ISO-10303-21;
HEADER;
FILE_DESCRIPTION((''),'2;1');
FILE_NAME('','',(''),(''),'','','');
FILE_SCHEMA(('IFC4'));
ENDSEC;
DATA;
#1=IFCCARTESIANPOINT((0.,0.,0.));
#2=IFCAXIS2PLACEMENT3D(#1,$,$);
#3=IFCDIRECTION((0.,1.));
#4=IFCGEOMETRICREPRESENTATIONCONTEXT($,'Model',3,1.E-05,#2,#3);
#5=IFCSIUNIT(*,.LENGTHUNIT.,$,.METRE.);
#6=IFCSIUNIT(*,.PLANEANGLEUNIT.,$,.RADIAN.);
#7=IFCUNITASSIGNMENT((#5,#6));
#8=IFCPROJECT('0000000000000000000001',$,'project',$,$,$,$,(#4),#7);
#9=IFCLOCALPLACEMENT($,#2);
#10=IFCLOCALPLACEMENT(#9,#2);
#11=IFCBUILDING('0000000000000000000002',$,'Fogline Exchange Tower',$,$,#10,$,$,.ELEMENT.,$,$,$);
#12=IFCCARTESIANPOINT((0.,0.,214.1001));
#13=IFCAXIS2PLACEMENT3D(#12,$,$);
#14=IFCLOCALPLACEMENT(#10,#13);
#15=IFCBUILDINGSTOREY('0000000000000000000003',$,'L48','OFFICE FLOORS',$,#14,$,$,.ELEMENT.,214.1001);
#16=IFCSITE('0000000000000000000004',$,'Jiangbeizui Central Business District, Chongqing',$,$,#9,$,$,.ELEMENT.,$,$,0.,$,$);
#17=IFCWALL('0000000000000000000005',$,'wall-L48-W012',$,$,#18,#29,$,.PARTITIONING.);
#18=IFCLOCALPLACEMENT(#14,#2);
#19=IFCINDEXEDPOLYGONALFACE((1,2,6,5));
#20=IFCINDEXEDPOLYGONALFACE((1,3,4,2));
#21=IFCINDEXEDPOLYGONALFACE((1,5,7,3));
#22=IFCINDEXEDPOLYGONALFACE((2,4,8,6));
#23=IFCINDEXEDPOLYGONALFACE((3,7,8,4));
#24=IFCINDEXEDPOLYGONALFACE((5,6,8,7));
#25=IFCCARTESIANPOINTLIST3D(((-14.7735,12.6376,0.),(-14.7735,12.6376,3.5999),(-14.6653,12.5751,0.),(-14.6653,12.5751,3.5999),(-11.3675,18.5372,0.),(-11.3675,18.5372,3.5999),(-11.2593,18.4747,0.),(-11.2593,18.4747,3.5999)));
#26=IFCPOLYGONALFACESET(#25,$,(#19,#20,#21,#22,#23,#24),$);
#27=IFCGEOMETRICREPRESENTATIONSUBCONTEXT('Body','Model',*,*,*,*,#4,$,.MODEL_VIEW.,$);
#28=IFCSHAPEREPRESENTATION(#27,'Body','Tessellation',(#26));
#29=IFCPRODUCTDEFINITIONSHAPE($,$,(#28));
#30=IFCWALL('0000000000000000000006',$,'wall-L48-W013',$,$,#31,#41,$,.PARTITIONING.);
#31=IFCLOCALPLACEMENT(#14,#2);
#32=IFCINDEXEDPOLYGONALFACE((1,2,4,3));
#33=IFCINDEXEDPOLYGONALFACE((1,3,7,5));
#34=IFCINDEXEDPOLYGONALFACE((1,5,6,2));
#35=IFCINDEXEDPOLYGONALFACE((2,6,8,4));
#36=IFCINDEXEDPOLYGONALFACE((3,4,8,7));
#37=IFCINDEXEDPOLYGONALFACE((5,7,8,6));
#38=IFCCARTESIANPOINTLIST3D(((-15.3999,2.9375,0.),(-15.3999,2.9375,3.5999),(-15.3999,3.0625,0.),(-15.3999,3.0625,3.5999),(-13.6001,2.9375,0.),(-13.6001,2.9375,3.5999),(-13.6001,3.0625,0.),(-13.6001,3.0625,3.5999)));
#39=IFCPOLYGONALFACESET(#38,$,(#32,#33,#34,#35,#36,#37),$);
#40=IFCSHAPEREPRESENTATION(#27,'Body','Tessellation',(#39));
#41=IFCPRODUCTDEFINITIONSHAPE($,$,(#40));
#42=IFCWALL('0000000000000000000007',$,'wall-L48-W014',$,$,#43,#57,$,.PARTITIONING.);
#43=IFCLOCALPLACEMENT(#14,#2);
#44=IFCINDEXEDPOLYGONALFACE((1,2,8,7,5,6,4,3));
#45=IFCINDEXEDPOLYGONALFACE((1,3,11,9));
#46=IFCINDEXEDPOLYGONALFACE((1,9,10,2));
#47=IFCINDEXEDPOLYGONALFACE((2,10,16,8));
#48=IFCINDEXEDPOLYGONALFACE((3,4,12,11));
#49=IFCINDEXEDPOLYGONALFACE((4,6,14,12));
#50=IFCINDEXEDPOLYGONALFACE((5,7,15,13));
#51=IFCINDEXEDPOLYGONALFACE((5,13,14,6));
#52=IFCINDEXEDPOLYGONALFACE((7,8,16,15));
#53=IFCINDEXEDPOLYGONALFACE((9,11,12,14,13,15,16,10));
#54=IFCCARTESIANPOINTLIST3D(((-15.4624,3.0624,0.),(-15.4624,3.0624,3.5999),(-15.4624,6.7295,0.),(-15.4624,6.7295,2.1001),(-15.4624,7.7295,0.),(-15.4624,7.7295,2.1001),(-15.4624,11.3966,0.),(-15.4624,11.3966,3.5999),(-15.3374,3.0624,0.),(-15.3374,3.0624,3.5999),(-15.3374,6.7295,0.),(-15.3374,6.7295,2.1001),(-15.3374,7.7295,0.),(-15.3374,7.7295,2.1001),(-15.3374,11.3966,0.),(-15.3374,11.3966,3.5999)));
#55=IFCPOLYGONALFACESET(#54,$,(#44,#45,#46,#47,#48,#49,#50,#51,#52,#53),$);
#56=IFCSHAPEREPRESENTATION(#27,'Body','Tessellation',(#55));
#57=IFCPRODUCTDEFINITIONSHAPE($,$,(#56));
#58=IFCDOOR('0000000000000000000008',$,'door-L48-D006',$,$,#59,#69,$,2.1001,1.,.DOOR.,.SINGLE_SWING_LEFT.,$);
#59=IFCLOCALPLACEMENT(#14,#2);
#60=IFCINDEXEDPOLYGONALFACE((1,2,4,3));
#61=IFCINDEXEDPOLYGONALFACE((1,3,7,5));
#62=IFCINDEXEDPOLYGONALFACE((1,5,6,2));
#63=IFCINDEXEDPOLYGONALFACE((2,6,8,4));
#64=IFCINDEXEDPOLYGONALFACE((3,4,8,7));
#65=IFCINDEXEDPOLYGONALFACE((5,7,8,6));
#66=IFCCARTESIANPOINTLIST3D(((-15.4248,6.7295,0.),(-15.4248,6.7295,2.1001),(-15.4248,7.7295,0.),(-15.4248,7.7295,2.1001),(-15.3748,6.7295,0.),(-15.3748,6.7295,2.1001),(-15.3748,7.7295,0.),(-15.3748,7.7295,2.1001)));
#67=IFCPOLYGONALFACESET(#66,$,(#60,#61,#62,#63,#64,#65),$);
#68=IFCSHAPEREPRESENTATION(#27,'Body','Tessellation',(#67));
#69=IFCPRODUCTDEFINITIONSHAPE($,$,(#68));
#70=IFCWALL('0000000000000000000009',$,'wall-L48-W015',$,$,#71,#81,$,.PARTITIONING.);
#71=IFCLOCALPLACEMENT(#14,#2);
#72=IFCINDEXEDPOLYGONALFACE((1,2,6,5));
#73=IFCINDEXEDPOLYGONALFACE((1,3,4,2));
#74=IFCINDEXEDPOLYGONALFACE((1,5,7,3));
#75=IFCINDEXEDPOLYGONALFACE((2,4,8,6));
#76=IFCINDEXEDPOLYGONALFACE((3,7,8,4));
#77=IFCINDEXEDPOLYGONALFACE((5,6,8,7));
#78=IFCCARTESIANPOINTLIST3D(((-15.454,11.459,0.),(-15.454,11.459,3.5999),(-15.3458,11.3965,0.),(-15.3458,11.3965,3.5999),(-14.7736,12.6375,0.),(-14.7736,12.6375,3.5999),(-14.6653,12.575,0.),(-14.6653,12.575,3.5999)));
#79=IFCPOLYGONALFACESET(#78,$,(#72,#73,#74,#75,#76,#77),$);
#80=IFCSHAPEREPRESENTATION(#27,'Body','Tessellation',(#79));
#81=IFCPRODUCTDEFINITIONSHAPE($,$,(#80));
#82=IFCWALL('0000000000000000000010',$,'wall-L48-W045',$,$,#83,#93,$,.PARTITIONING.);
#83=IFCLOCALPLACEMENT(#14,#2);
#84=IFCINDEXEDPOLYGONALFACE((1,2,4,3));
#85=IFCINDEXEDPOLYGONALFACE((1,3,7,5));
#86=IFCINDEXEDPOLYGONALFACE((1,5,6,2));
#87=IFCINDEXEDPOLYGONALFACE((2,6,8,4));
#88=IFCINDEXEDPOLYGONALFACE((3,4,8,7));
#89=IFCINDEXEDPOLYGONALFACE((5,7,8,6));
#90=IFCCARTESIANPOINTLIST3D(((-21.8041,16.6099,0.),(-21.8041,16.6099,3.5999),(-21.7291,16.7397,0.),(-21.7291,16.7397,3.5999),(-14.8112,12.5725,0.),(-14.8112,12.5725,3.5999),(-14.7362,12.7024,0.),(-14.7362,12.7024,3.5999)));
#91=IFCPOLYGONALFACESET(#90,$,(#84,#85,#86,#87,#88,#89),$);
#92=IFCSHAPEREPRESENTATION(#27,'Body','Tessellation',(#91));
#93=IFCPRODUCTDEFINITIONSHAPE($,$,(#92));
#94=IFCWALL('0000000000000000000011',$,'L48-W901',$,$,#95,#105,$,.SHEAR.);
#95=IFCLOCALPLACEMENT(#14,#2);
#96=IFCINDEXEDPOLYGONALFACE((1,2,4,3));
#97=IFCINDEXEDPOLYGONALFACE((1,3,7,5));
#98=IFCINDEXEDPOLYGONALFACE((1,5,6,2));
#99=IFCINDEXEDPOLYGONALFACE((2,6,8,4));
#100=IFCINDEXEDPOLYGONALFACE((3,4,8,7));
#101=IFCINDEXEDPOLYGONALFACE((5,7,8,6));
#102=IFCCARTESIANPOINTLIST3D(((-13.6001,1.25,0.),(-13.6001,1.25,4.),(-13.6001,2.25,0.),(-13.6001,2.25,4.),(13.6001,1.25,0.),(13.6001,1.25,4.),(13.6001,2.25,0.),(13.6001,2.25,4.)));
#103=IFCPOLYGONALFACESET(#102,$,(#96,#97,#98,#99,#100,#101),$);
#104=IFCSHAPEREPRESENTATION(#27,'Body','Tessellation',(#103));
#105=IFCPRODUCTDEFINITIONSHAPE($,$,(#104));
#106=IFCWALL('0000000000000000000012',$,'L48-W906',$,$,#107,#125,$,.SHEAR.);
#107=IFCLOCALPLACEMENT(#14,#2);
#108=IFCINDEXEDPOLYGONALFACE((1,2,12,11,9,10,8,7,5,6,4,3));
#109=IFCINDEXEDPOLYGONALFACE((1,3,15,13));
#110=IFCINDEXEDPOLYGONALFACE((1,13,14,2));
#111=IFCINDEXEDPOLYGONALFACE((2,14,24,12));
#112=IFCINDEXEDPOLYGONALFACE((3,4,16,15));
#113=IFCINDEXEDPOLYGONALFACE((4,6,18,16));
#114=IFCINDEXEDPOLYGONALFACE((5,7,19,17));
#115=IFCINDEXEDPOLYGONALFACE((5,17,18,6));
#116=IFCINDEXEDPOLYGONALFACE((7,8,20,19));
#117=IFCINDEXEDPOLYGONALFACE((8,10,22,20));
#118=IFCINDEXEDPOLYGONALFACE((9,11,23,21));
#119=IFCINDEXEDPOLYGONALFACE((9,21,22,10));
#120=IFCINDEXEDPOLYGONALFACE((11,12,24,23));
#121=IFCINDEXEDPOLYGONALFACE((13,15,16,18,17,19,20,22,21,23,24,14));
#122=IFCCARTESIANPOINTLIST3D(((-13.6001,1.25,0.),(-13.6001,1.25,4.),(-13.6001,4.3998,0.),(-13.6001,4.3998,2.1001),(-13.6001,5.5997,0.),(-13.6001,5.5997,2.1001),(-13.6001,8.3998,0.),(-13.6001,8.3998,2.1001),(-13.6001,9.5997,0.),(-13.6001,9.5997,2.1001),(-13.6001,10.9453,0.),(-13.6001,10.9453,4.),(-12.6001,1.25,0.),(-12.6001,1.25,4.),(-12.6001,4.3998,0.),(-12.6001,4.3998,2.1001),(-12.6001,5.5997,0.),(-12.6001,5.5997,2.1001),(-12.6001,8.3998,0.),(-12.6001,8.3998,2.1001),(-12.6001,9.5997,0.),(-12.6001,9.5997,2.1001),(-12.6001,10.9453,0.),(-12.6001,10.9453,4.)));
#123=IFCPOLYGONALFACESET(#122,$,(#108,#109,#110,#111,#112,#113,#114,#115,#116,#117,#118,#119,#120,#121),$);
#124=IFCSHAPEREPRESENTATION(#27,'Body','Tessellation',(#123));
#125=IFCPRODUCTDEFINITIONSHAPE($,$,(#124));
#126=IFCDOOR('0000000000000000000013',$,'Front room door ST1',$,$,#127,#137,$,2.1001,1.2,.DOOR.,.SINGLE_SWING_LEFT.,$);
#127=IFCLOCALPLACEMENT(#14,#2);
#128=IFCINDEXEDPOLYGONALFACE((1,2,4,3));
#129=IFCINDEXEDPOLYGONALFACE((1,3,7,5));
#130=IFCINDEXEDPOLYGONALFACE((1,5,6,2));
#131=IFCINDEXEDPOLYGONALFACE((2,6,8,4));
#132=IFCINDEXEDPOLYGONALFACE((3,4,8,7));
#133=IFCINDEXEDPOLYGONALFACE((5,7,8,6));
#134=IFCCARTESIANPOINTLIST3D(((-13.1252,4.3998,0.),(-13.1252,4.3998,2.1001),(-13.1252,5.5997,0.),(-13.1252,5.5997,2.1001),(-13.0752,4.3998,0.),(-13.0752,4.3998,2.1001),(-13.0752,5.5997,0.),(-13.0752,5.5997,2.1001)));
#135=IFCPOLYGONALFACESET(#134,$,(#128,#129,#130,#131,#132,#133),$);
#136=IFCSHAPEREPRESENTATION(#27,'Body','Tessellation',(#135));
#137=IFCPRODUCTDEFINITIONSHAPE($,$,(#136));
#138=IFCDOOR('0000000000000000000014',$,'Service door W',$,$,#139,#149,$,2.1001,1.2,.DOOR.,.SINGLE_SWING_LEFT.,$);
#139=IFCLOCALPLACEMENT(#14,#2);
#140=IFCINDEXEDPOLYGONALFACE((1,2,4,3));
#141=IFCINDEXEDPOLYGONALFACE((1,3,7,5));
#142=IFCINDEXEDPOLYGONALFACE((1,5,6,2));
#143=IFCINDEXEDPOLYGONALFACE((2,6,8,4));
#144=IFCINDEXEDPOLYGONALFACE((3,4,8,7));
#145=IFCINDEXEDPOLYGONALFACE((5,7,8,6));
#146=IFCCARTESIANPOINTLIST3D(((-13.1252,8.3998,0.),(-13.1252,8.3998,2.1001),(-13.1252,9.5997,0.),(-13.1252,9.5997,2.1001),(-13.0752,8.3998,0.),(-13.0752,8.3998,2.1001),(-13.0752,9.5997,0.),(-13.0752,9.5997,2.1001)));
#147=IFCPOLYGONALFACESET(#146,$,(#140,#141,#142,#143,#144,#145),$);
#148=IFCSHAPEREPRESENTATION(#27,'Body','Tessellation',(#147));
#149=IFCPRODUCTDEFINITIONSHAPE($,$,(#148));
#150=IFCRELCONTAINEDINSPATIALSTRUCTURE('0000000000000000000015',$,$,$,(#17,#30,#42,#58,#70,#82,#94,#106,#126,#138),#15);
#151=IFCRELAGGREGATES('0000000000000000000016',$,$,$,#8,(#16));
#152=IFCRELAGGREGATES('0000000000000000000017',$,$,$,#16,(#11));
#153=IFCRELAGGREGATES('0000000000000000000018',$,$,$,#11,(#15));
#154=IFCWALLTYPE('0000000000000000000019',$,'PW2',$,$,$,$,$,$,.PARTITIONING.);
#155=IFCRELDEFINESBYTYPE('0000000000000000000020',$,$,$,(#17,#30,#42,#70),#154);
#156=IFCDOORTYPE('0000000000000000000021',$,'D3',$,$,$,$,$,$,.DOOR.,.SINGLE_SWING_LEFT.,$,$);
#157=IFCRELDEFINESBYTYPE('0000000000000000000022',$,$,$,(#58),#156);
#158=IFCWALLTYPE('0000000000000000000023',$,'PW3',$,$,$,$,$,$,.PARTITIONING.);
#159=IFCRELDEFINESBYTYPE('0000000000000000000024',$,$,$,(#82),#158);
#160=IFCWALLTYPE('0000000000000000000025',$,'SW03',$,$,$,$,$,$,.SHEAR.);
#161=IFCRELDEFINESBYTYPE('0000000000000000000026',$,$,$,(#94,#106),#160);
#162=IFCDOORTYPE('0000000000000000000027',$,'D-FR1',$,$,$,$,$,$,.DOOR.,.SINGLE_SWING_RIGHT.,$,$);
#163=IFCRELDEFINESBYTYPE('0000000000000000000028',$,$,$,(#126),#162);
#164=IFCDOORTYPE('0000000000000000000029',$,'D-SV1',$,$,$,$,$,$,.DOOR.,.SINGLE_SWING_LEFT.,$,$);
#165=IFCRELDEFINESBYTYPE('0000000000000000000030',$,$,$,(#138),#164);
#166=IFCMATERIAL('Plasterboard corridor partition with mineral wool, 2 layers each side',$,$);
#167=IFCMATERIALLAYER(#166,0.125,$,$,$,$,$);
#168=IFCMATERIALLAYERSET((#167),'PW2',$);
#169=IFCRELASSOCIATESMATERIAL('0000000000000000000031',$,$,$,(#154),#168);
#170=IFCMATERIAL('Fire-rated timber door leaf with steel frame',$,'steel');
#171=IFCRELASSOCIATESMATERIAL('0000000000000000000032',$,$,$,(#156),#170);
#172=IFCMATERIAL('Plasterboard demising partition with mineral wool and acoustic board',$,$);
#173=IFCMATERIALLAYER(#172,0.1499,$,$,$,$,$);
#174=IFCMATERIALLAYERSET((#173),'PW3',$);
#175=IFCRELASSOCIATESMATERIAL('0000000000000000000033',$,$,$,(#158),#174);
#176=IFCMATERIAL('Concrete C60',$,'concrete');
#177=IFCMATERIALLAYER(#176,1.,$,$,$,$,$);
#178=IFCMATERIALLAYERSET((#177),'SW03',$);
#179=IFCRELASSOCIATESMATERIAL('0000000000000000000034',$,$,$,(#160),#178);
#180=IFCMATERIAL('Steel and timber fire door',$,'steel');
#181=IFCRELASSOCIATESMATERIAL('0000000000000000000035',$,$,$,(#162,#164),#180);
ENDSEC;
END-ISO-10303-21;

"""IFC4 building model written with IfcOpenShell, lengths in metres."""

from ifc_helpers import new_model, si_unit, direction, frame, frame_2d, origin, place, context, subcontext, project, spatial, rectangle, extrude, material, layer, layer_set, type_object, element, fill, save


model = new_model("IFC4")

# Units and contexts
model_context = context("Model", 3, precision=1e-05, world=origin(), true_north=direction((0.0, 1.0)))
body_context = subcontext(model_context, "Body", "Model", "MODEL_VIEW")
ifc_project = project(units=[si_unit("LENGTHUNIT", "METRE"), si_unit("PLANEANGLEUNIT", "RADIAN")], contexts=[model_context])

# Site, building, storey
site_placement = place(None, origin())
site = spatial("IfcSite", under=ifc_project, at=site_placement, Name="Jiangbeizui Central Business District, Chongqing", CompositionType="ELEMENT", RefElevation=0.0)
building_placement = place(site_placement, origin())
building = spatial("IfcBuilding", under=site, at=building_placement, Name="Fogline Exchange Tower", CompositionType="ELEMENT")
storey_placement = place(building_placement, frame((0.0, 0.0, 214.1001)))
storey = spatial("IfcBuildingStorey", under=building, at=storey_placement, Name="L48", Description="OFFICE FLOORS", CompositionType="ELEMENT", Elevation=214.1001)

# Shared definitions
ifc_material_1 = material(Name="Steel and timber fire door", Category="steel")

# Walls
ifc_material_2 = material(Name="Plasterboard corridor partition with mineral wool, 2 layers each side")
ifc_layer_1 = layer(ifc_material_2, 0.125)
ifc_layer_set_1 = layer_set([ifc_layer_1], Name="PW2")
wall_type_1 = type_object("IfcWallType", Name="PW2", PredefinedType="PARTITIONING", material=ifc_layer_set_1)
wall_1_placement = place(storey_placement, frame((-14.7195, 12.6062, 0.0), z_axis=(0.0, 0.0, 1.0), x_axis=(0.499982, 0.866036, 0.0)))
element("IfcWall", 1, at=wall_1_placement, inside=storey, type_object=wall_type_1, Name="wall-L48-W012", PredefinedType="PARTITIONING", context=body_context, shape_type="SweptSolid", body=[
    extrude(rectangle(XDim=6.8123, YDim=0.125, at=frame_2d((3.4062, 0.0))), origin(), (0.0, 0.0, 1.0), 3.5999),
])
wall_2_placement = place(storey_placement, frame((-13.6001, 3.0, 0.0), z_axis=(0.0, 0.0, 1.0), x_axis=(-1.0, 0.0, 0.0)))
element("IfcWall", 2, at=wall_2_placement, inside=storey, type_object=wall_type_1, Name="wall-L48-W013", PredefinedType="PARTITIONING", context=body_context, shape_type="SweptSolid", body=[
    extrude(rectangle(XDim=1.7998, YDim=0.125, at=frame_2d((0.8999, 0.0))), origin(), (0.0, 0.0, 1.0), 3.5999),
])

# Wall, opening, door
wall_3_placement = place(storey_placement, frame((-15.3999, 3.0625, 0.0), z_axis=(0.0, 0.0, 1.0), x_axis=(0.0, 1.0, 0.0)))
wall_3 = element("IfcWall", 3, at=wall_3_placement, inside=storey, type_object=wall_type_1, Name="wall-L48-W014", PredefinedType="PARTITIONING", context=body_context, shape_type="SweptSolid", body=[
    extrude(rectangle(XDim=8.3342, YDim=0.125, at=frame_2d((4.167, 0.0))), origin(), (0.0, 0.0, 1.0), 3.5999),
])
opening_1_placement = place(wall_3_placement, frame((3.667, 0.0, 0.0)))
opening_1 = element("IfcOpeningElement", 4, at=opening_1_placement, cuts=wall_3, PredefinedType="OPENING", context=body_context, shape_type="SweptSolid", body=[
    extrude(rectangle(XDim=1.0, YDim=2.1001, at=frame_2d((0.5, 1.05))), frame((0.0, 0.0725, 0.0), z_axis=(0.0, -1.0, 0.0), x_axis=(1.0, 0.0, 0.0)), (0.0, 0.0, 1.0), 0.145),
])
ifc_material_3 = material(Name="Fire-rated timber door leaf with steel frame", Category="steel")
door_type_1 = type_object("IfcDoorType", Name="D3", OperationType="SINGLE_SWING_LEFT", PredefinedType="DOOR", material=ifc_material_3)
door_1_placement = place(opening_1_placement, origin())
door_1 = element("IfcDoor", 5, at=door_1_placement, inside=storey, type_object=door_type_1, Name="door-L48-D006", OperationType="SINGLE_SWING_LEFT", OverallHeight=2.1001, OverallWidth=1.0, PredefinedType="DOOR", context=body_context, shape_type="SweptSolid", body=[
    extrude(rectangle(XDim=1.0, YDim=2.1001, at=frame_2d((0.5, 1.05))), frame((0.0, 0.0249, 0.0), z_axis=(0.0, -1.0, 0.0), x_axis=(1.0, 0.0, 0.0)), (0.0, 0.0, 1.0), 0.05),
])
fill(opening_1, door_1)

# Walls
wall_4_placement = place(storey_placement, frame((-15.3999, 11.4277, 0.0), z_axis=(0.0, 0.0, 1.0), x_axis=(0.500018, 0.866015, 0.0)))
element("IfcWall", 6, at=wall_4_placement, inside=storey, type_object=wall_type_1, Name="wall-L48-W015", PredefinedType="PARTITIONING", context=body_context, shape_type="SweptSolid", body=[
    extrude(rectangle(XDim=1.3608, YDim=0.125, at=frame_2d((0.6804, 0.0))), origin(), (0.0, 0.0, 1.0), 3.5999),
])
ifc_material_4 = material(Name="Plasterboard demising partition with mineral wool and acoustic board")
ifc_layer_2 = layer(ifc_material_4, 0.1499)
ifc_layer_set_2 = layer_set([ifc_layer_2], Name="PW3")
wall_type_2 = type_object("IfcWallType", Name="PW3", PredefinedType="PARTITIONING", material=ifc_layer_set_2)
wall_5_placement = place(storey_placement, frame((-14.7737, 12.6375, 0.0), z_axis=(0.0, 0.0, 1.0), x_axis=(-0.866026, 0.499999, 0.0)))
element("IfcWall", 7, at=wall_5_placement, inside=storey, type_object=wall_type_2, Name="wall-L48-W045", PredefinedType="PARTITIONING", context=body_context, shape_type="SweptSolid", body=[
    extrude(rectangle(XDim=8.0747, YDim=0.1499, at=frame_2d((4.0374, 0.0))), origin(), (0.0, 0.0, 1.0), 3.5999),
])
ifc_material_5 = material(Name="Concrete C60", Category="concrete")
ifc_layer_3 = layer(ifc_material_5, 1.0)
ifc_layer_set_3 = layer_set([ifc_layer_3], Name="SW03")
wall_type_3 = type_object("IfcWallType", Name="SW03", PredefinedType="SHEAR", material=ifc_layer_set_3)
wall_6_placement = place(storey_placement, frame((-13.6001, 1.75, 0.0), z_axis=(0.0, 0.0, 1.0), x_axis=(1.0, 0.0, 0.0)))
element("IfcWall", 8, at=wall_6_placement, inside=storey, type_object=wall_type_3, Name="L48-W901", PredefinedType="SHEAR", context=body_context, shape_type="SweptSolid", body=[
    extrude(rectangle(XDim=27.2002, YDim=1.0, at=frame_2d((13.6001, 0.0))), origin(), (0.0, 0.0, 1.0), 4.0),
])

# Wall, openings, doors
wall_7_placement = place(storey_placement, frame((-13.1001, 10.9453, 0.0), z_axis=(0.0, 0.0, 1.0), x_axis=(0.0, -1.0, 0.0)))
wall_7 = element("IfcWall", 9, at=wall_7_placement, inside=storey, type_object=wall_type_3, Name="L48-W906", PredefinedType="SHEAR", context=body_context, shape_type="SweptSolid", body=[
    extrude(rectangle(XDim=9.6953, YDim=1.0, at=frame_2d((4.8477, 0.0))), origin(), (0.0, 0.0, 1.0), 4.0),
])
opening_2_placement = place(wall_7_placement, frame((5.3455, 0.0, 0.0)))
opening_2 = element("IfcOpeningElement", 10, at=opening_2_placement, cuts=wall_7, PredefinedType="OPENING", context=body_context, shape_type="SweptSolid", body=[
    extrude(rectangle(XDim=1.2, YDim=2.1001, at=frame_2d((0.6001, 1.05))), frame((0.0, 0.51, 0.0), z_axis=(0.0, -1.0, 0.0), x_axis=(1.0, 0.0, 0.0)), (0.0, 0.0, 1.0), 1.02),
])
opening_3_placement = place(wall_7_placement, frame((1.3455, 0.0, 0.0)))
opening_3 = element("IfcOpeningElement", 11, at=opening_3_placement, cuts=wall_7, PredefinedType="OPENING", context=body_context, shape_type="SweptSolid", body=[
    extrude(rectangle(XDim=1.2, YDim=2.1001, at=frame_2d((0.6001, 1.05))), frame((0.0, 0.51, 0.0), z_axis=(0.0, -1.0, 0.0), x_axis=(1.0, 0.0, 0.0)), (0.0, 0.0, 1.0), 1.02),
])
door_type_2 = type_object("IfcDoorType", Name="D-FR1", OperationType="SINGLE_SWING_RIGHT", PredefinedType="DOOR", material=ifc_material_1)
door_2_placement = place(opening_2_placement, origin())
door_2 = element("IfcDoor", 12, at=door_2_placement, inside=storey, type_object=door_type_2, Name="Front room door ST1", OperationType="SINGLE_SWING_LEFT", OverallHeight=2.1001, OverallWidth=1.2, PredefinedType="DOOR", context=body_context, shape_type="SweptSolid", body=[
    extrude(rectangle(XDim=1.2, YDim=2.1001, at=frame_2d((0.6001, 1.05))), frame((0.0, 0.0249, 0.0), z_axis=(0.0, -1.0, 0.0), x_axis=(1.0, 0.0, 0.0)), (0.0, 0.0, 1.0), 0.05),
])
fill(opening_2, door_2)
door_type_3 = type_object("IfcDoorType", Name="D-SV1", OperationType="SINGLE_SWING_LEFT", PredefinedType="DOOR", material=ifc_material_1)
door_3_placement = place(opening_3_placement, origin())
door_3 = element("IfcDoor", 13, at=door_3_placement, inside=storey, type_object=door_type_3, Name="Service door W", OperationType="SINGLE_SWING_LEFT", OverallHeight=2.1001, OverallWidth=1.2, PredefinedType="DOOR", context=body_context, shape_type="SweptSolid", body=[
    extrude(rectangle(XDim=1.2, YDim=2.1001, at=frame_2d((0.6001, 1.05))), frame((0.0, 0.0249, 0.0), z_axis=(0.0, -1.0, 0.0), x_axis=(1.0, 0.0, 0.0)), (0.0, 0.0, 1.0), 0.05),
])
fill(opening_3, door_3)

save(model, "model.ifc")
